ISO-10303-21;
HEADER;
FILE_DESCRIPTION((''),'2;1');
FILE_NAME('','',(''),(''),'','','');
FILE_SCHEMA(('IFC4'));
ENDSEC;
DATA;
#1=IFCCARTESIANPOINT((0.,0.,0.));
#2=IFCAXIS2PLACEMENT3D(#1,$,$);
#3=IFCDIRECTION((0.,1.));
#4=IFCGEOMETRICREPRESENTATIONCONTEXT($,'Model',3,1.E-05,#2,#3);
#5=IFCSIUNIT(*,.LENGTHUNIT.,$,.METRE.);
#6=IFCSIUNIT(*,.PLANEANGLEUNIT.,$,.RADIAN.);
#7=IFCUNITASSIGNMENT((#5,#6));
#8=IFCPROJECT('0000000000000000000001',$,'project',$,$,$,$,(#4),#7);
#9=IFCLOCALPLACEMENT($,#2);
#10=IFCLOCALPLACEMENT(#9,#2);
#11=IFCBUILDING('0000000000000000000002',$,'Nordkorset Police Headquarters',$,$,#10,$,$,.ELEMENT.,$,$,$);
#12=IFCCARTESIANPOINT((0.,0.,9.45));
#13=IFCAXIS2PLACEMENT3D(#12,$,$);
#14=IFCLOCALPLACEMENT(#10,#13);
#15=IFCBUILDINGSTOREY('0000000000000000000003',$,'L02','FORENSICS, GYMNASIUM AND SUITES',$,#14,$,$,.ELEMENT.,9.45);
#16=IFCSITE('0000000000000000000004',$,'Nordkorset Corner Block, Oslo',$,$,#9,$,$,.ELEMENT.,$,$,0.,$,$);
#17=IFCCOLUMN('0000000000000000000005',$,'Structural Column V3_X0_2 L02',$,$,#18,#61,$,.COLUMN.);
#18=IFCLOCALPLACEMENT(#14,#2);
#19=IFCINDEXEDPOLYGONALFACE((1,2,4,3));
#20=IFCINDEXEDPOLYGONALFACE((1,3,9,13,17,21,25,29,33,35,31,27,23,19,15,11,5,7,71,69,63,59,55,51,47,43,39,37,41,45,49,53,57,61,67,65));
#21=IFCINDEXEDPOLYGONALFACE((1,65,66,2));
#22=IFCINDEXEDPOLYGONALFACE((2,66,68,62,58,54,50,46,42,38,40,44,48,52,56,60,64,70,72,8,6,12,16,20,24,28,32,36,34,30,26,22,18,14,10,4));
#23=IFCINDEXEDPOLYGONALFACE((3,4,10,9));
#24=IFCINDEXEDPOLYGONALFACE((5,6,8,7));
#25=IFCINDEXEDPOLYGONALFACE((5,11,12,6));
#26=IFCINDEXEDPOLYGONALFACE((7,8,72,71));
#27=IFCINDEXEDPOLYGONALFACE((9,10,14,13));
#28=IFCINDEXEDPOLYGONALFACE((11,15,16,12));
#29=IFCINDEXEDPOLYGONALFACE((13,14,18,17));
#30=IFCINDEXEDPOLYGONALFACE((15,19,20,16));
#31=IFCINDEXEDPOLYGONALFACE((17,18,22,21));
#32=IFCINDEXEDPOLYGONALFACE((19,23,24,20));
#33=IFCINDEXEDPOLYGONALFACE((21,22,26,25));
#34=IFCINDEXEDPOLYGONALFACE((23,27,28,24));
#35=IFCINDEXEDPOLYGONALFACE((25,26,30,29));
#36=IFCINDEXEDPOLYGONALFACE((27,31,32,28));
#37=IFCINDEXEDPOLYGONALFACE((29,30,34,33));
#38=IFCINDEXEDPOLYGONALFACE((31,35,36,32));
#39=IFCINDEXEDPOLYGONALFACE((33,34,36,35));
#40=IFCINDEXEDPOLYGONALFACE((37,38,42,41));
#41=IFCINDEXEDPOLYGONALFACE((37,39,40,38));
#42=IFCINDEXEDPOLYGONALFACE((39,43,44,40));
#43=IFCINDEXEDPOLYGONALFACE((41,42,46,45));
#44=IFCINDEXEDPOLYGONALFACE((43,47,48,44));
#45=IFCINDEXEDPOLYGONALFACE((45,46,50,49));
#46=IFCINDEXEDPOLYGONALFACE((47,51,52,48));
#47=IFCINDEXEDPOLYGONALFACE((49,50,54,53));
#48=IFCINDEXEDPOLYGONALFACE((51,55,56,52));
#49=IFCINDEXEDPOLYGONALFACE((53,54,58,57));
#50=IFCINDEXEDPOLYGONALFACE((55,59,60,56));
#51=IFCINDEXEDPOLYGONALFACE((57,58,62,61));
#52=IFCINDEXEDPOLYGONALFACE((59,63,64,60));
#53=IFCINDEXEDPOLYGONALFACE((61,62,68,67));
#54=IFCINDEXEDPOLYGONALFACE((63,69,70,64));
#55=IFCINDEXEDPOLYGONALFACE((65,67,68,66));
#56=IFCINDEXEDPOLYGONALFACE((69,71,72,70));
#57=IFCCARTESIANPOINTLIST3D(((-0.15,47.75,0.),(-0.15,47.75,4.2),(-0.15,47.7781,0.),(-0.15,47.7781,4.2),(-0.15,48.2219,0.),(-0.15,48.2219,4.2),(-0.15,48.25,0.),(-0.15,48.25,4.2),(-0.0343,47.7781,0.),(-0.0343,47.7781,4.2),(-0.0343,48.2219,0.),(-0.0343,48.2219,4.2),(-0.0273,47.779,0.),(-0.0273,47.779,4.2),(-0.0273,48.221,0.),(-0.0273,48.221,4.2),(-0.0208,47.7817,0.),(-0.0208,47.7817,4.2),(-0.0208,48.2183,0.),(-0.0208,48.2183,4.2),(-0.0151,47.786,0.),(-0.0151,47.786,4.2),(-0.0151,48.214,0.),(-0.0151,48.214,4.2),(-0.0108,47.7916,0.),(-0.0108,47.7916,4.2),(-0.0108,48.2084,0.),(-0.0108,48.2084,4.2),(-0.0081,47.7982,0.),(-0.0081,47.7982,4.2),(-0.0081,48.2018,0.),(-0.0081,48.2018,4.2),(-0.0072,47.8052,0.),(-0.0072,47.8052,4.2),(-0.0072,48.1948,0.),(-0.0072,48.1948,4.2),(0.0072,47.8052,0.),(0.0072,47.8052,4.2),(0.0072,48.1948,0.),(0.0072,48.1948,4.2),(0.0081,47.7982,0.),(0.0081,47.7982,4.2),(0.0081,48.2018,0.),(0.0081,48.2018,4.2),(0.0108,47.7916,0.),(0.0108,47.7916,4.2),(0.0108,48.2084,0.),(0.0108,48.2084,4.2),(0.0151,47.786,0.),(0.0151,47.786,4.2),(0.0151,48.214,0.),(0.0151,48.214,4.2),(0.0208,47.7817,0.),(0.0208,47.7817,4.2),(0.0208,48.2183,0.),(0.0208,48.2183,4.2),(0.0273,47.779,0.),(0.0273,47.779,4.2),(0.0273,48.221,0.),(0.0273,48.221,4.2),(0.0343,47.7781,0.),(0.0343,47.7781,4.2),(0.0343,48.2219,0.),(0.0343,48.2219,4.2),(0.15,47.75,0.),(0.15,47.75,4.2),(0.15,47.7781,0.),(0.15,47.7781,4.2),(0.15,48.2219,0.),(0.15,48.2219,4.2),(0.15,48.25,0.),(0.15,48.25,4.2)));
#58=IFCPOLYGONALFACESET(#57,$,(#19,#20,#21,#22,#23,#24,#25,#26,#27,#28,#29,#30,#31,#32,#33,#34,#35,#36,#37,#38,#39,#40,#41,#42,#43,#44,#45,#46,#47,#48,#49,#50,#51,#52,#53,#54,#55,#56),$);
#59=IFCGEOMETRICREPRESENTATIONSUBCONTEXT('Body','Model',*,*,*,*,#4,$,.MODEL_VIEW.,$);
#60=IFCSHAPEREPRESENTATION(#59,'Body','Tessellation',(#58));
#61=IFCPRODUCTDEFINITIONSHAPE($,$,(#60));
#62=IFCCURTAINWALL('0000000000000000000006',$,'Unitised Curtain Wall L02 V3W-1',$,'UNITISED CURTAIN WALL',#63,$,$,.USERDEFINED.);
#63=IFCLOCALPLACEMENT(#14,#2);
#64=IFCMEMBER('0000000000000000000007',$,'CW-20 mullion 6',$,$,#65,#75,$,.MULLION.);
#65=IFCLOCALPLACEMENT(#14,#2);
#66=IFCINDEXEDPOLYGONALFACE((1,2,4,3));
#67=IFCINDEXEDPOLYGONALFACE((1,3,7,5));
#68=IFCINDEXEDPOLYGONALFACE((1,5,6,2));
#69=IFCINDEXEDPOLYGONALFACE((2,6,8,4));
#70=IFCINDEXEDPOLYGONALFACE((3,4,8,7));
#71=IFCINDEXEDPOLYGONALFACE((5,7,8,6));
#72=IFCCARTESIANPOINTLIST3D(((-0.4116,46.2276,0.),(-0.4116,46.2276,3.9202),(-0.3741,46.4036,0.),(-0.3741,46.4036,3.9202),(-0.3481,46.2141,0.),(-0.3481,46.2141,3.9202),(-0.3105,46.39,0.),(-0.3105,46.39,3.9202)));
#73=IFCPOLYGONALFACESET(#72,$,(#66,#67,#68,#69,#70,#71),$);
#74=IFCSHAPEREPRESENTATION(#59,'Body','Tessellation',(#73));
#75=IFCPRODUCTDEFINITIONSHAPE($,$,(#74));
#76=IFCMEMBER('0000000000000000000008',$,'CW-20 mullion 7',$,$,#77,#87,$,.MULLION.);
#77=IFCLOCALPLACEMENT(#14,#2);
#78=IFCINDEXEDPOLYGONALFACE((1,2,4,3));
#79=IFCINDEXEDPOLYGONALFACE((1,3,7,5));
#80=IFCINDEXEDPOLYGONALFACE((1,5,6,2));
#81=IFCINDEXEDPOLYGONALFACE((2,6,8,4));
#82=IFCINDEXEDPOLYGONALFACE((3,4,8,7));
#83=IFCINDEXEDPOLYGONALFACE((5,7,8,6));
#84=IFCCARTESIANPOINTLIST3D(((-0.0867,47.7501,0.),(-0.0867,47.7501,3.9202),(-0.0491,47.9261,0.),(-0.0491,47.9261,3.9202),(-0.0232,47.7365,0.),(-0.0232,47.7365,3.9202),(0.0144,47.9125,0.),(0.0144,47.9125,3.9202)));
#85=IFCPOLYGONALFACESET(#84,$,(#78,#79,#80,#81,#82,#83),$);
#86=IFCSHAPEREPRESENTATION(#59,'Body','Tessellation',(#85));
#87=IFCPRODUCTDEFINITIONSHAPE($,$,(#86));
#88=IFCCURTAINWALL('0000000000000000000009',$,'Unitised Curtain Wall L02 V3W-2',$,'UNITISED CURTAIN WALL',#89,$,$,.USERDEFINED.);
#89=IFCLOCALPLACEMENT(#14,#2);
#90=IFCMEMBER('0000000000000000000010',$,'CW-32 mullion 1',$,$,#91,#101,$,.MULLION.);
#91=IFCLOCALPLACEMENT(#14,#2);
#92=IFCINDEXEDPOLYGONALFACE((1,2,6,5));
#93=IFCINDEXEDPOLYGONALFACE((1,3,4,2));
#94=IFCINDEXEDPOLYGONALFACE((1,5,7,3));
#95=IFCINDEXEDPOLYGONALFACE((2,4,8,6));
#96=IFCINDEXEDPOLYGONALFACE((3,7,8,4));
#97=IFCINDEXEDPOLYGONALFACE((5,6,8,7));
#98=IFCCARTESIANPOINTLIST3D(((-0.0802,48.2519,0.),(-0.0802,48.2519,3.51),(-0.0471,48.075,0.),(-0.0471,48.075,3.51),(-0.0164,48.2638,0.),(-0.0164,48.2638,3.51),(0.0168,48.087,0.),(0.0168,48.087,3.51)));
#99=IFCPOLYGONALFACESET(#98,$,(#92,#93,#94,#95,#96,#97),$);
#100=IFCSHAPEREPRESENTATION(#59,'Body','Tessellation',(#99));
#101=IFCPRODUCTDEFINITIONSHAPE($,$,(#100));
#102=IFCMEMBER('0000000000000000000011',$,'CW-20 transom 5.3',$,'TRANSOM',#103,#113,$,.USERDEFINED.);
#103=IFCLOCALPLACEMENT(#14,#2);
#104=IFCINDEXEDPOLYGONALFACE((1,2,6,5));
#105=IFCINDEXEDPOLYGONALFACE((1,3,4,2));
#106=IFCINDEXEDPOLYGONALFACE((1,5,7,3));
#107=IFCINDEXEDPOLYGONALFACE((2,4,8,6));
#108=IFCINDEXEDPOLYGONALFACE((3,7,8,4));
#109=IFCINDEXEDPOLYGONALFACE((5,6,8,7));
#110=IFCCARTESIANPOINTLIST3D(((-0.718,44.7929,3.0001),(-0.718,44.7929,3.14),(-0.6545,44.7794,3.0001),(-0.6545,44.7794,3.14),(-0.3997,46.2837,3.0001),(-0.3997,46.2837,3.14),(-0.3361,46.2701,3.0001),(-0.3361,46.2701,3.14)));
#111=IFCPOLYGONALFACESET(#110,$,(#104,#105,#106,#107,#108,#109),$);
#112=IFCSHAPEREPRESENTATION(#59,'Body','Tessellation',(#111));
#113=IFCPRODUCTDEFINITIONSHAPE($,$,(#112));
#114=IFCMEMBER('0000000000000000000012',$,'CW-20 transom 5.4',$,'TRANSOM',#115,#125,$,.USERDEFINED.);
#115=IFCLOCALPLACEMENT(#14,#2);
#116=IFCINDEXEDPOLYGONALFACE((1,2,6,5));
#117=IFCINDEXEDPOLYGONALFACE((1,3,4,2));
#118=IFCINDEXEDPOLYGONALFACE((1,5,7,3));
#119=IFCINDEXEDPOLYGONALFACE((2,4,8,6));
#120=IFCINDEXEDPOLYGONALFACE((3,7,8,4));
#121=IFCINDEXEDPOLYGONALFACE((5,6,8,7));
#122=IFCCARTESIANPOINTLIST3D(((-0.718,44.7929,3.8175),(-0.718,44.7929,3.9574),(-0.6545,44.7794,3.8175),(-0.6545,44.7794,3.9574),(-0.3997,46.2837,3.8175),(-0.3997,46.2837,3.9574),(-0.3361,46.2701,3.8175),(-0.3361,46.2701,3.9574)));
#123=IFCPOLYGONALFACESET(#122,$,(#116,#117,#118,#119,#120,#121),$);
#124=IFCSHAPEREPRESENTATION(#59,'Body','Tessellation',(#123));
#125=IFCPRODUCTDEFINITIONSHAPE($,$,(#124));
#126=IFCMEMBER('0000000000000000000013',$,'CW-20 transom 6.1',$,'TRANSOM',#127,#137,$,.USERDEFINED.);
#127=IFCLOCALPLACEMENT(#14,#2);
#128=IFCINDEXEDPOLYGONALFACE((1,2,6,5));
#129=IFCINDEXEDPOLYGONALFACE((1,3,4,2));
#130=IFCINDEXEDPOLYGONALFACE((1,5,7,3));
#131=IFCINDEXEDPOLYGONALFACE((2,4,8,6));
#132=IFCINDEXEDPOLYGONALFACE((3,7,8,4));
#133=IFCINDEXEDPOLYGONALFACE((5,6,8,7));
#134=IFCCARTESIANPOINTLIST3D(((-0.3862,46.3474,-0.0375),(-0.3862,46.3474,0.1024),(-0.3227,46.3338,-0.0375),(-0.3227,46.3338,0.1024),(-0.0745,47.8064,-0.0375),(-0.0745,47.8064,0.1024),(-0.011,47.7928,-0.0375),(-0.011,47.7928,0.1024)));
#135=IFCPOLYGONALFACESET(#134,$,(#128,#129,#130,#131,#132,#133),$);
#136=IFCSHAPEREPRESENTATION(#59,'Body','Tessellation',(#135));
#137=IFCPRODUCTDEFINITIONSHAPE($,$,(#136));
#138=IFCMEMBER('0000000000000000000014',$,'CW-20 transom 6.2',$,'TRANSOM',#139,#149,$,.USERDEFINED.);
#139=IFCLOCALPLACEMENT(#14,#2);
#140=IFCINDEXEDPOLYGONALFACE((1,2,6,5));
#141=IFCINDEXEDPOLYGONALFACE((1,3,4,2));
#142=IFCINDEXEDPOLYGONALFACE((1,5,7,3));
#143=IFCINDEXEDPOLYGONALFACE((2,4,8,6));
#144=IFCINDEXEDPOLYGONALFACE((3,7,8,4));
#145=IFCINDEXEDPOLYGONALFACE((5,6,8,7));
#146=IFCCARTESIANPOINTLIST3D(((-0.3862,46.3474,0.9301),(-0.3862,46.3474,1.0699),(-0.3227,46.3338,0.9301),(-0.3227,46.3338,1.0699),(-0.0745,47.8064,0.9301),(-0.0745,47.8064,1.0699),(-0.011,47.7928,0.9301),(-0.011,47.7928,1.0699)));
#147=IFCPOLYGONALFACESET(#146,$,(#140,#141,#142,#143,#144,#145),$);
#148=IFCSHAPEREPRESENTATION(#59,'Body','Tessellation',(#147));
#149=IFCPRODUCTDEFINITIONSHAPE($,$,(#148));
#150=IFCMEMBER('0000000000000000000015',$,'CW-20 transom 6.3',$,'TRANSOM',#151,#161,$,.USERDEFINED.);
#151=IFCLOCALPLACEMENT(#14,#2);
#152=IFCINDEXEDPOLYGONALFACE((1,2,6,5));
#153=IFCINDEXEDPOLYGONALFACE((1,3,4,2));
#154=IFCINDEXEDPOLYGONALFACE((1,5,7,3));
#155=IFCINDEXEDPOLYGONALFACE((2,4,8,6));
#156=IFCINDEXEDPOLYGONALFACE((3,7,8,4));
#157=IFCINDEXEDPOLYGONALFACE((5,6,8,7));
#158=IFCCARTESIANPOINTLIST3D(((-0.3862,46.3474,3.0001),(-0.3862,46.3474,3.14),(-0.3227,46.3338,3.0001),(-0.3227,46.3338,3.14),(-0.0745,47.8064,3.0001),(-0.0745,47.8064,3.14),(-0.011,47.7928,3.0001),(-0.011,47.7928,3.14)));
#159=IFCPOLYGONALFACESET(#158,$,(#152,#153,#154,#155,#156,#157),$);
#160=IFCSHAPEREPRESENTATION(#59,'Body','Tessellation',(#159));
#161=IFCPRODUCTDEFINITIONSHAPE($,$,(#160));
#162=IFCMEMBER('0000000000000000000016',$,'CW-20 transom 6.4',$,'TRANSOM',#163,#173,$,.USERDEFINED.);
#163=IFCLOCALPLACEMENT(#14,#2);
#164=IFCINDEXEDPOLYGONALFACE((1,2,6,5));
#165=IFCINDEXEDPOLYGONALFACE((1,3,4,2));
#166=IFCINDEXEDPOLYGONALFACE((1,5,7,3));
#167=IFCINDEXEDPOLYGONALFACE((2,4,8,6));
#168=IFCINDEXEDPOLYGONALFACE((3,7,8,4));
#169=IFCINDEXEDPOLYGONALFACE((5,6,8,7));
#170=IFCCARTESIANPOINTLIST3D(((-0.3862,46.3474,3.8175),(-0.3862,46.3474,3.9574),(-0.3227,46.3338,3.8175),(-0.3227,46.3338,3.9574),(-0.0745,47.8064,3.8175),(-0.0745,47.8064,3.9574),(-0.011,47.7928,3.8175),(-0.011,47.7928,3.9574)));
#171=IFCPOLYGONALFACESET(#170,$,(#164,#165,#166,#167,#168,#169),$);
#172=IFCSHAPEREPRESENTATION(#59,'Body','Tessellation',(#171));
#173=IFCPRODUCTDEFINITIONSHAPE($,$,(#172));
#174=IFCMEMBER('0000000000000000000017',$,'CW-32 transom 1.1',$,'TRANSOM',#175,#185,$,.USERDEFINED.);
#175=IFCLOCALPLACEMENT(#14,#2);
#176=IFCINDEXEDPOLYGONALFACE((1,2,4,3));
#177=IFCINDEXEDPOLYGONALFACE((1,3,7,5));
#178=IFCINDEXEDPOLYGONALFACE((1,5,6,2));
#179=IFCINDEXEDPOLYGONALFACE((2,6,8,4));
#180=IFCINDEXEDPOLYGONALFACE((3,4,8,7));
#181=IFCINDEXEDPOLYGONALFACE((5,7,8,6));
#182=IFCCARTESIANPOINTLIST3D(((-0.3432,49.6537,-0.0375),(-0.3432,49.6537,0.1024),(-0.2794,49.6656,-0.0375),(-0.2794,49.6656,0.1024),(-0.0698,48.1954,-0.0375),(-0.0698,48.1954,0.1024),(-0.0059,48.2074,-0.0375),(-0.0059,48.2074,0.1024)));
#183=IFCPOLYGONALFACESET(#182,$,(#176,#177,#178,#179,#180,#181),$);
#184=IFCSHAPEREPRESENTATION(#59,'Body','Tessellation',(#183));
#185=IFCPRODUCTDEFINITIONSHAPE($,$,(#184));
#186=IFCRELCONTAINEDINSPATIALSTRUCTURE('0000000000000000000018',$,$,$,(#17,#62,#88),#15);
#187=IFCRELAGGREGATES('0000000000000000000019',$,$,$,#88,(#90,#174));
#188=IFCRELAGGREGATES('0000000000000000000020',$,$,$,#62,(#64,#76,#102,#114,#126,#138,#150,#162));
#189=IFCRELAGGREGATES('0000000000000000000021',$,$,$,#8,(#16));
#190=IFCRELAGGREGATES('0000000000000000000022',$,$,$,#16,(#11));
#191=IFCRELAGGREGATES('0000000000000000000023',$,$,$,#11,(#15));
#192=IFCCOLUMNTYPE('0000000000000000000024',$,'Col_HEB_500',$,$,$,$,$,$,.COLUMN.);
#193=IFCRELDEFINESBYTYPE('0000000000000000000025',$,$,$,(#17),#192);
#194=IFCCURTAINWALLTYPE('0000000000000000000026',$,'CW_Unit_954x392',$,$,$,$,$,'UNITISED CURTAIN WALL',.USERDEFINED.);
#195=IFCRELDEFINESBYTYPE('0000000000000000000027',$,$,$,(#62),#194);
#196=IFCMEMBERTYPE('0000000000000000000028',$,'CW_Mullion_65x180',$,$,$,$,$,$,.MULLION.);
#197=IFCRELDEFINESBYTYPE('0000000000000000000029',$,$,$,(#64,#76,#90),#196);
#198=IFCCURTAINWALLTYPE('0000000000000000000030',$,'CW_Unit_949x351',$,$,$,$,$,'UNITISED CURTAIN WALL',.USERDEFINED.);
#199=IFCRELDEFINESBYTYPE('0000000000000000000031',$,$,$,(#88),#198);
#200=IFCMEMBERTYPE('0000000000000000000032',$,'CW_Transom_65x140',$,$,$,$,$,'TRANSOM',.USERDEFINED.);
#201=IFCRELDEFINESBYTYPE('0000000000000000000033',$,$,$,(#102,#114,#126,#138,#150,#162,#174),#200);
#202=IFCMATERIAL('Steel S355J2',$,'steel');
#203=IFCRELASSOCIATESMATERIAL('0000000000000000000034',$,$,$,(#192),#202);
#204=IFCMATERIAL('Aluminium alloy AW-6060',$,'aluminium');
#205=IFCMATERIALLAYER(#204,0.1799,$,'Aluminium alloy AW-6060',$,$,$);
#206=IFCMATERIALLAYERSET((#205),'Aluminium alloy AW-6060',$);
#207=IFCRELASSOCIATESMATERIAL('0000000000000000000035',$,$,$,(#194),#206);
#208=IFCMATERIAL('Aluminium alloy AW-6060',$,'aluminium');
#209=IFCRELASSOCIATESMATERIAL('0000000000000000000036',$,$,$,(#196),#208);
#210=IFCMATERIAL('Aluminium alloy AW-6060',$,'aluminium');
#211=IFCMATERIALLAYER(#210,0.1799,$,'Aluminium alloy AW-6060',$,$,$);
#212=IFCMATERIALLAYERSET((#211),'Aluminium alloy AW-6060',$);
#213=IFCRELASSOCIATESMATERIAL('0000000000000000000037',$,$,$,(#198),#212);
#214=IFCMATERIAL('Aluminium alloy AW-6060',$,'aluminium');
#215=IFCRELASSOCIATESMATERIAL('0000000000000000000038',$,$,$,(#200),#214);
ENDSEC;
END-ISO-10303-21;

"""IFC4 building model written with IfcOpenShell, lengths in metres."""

from ifc_helpers import new_model, si_unit, direction, frame, origin, origin_2d, place, context, subcontext, project, spatial, rectangle, i_section, extrude, material, layer, layer_set, material_profile, profile_set, type_object, element, aggregate, save


model = new_model("IFC4")

# Units and contexts
model_context = context("Model", 3, precision=1e-05, world=origin(), true_north=direction((0.0, 1.0)))
body_context = subcontext(model_context, "Body", "Model", "MODEL_VIEW")
ifc_project = project(units=[si_unit("LENGTHUNIT", "METRE"), si_unit("PLANEANGLEUNIT", "RADIAN")], contexts=[model_context])

# Site, building, storey
site_placement = place(None, origin())
site = spatial("IfcSite", under=ifc_project, at=site_placement, Name="Nordkorset Corner Block, Oslo", CompositionType="ELEMENT", RefElevation=0.0)
building_placement = place(site_placement, origin())
building = spatial("IfcBuilding", under=site, at=building_placement, Name="Nordkorset Police Headquarters", CompositionType="ELEMENT")
storey_placement = place(building_placement, frame((0.0, 0.0, 9.45)))
storey = spatial("IfcBuildingStorey", under=building, at=storey_placement, Name="L02", Description="FORENSICS, GYMNASIUM AND SUITES", CompositionType="ELEMENT", Elevation=9.45)

# Column
ifc_material_1 = material(Name="Steel S355J2", Category="steel")
ifc_material_profile_1 = material_profile(ifc_material_1, i_section(OverallWidth=0.3, OverallDepth=0.5, WebThickness=0.0144, FlangeThickness=0.0281, FilletRadius=0.0271, at=origin_2d()), Name="HEB 500")
ifc_profile_set_1 = profile_set([ifc_material_profile_1], Name="Steel S355J2")
column_type = type_object("IfcColumnType", Name="Col_HEB_500", PredefinedType="COLUMN", material=ifc_profile_set_1)
column_placement = place(storey_placement, frame((0.0, 48.0, 0.0), z_axis=(0.0, 0.0, 1.0), x_axis=(1.0, 0.0, 0.0)))
element("IfcColumn", 1, at=column_placement, inside=storey, type_object=column_type, Name="Structural Column V3_X0_2 L02", PredefinedType="COLUMN", context=body_context, shape_type="SweptSolid", body=[
    extrude(i_section(OverallWidth=0.3, OverallDepth=0.5, WebThickness=0.0144, FlangeThickness=0.0281, FilletRadius=0.0271, at=origin_2d()), origin(), (0.0, 0.0, 1.0), 4.2),
])

# Curtain wall, members
ifc_material_2 = material(Name="Aluminium alloy AW-6060", Category="aluminium")
ifc_layer_1 = layer(ifc_material_2, 0.1799, Name="Aluminium alloy AW-6060")
ifc_layer_set_1 = layer_set([ifc_layer_1], Name="Aluminium alloy AW-6060")
curtain_wall_type_1 = type_object("IfcCurtainWallType", Name="CW_Unit_954x392", ElementType="UNITISED CURTAIN WALL", PredefinedType="USERDEFINED", material=ifc_layer_set_1)
curtain_wall_1_placement = place(storey_placement, origin())
curtain_wall_1 = element("IfcCurtainWall", 2, at=curtain_wall_1_placement, inside=storey, type_object=curtain_wall_type_1, Name="Unitised Curtain Wall L02 V3W-1", ObjectType="UNITISED CURTAIN WALL", PredefinedType="USERDEFINED")
ifc_material_3 = material(Name="Aluminium alloy AW-6060", Category="aluminium")
ifc_material_profile_2 = material_profile(ifc_material_3, rectangle(XDim=0.0649, YDim=0.1799, at=origin_2d()), Name="ALU MULL 65x180")
ifc_profile_set_2 = profile_set([ifc_material_profile_2], Name="Aluminium alloy AW-6060")
member_type_1 = type_object("IfcMemberType", Name="CW_Mullion_65x180", PredefinedType="MULLION", material=ifc_profile_set_2)
member_1_placement = place(storey_placement, frame((-0.3611, 46.3088, 0.0), z_axis=(0.0, 0.0, 1.0), x_axis=(-0.977951, 0.208833, 0.0)))
member_1 = element("IfcMember", 3, at=member_1_placement, type_object=member_type_1, Name="CW-20 mullion 6", PredefinedType="MULLION", context=body_context, shape_type="SweptSolid", body=[
    extrude(rectangle(XDim=0.0649, YDim=0.1799, at=origin_2d()), origin(), (0.0, 0.0, 1.0), 3.9202),
])
member_2_placement = place(storey_placement, frame((-0.0361, 47.8313, 0.0), z_axis=(0.0, 0.0, 1.0), x_axis=(-0.977951, 0.208833, 0.0)))
member_2 = element("IfcMember", 4, at=member_2_placement, type_object=member_type_1, Name="CW-20 mullion 7", PredefinedType="MULLION", context=body_context, shape_type="SweptSolid", body=[
    extrude(rectangle(XDim=0.0649, YDim=0.1799, at=origin_2d()), origin(), (0.0, 0.0, 1.0), 3.9202),
])

# Curtain wall, member
ifc_material_4 = material(Name="Aluminium alloy AW-6060", Category="aluminium")
ifc_layer_2 = layer(ifc_material_4, 0.1799, Name="Aluminium alloy AW-6060")
ifc_layer_set_2 = layer_set([ifc_layer_2], Name="Aluminium alloy AW-6060")
curtain_wall_type_2 = type_object("IfcCurtainWallType", Name="CW_Unit_949x351", ElementType="UNITISED CURTAIN WALL", PredefinedType="USERDEFINED", material=ifc_layer_set_2)
curtain_wall_2_placement = place(storey_placement, origin())
curtain_wall_2 = element("IfcCurtainWall", 5, at=curtain_wall_2_placement, inside=storey, type_object=curtain_wall_type_2, Name="Unitised Curtain Wall L02 V3W-2", ObjectType="UNITISED CURTAIN WALL", PredefinedType="USERDEFINED")
member_3_placement = place(storey_placement, frame((-0.0317, 48.1694, 0.0), z_axis=(0.0, 0.0, 1.0), x_axis=(-0.982872, -0.184289, 0.0)))
member_3 = element("IfcMember", 6, at=member_3_placement, type_object=member_type_1, Name="CW-32 mullion 1", PredefinedType="MULLION", context=body_context, shape_type="SweptSolid", body=[
    extrude(rectangle(XDim=0.0649, YDim=0.1799, at=origin_2d()), origin(), (0.0, 0.0, 1.0), 3.51),
])

# Members
ifc_material_5 = material(Name="Aluminium alloy AW-6060", Category="aluminium")
ifc_material_profile_3 = material_profile(ifc_material_5, rectangle(XDim=0.0649, YDim=0.1399, at=origin_2d()), Name="ALU TRAN 65x140")
ifc_profile_set_3 = profile_set([ifc_material_profile_3], Name="Aluminium alloy AW-6060")
member_type_2 = type_object("IfcMemberType", Name="CW_Transom_65x140", ElementType="TRANSOM", PredefinedType="USERDEFINED", material=ifc_profile_set_3)
member_4_placement = place(storey_placement, frame((-0.6863, 44.7861, 3.0701), z_axis=(0.208851, 0.977947, 0.0), x_axis=(-0.977947, 0.208851, 0.0)))
member_4 = element("IfcMember", 7, at=member_4_placement, type_object=member_type_2, Name="CW-20 transom 5.3", ObjectType="TRANSOM", PredefinedType="USERDEFINED", context=body_context, shape_type="SweptSolid", body=[
    extrude(rectangle(XDim=0.0649, YDim=0.1399, at=origin_2d()), origin(), (0.0, 0.0, 1.0), 1.5244),
])
member_5_placement = place(storey_placement, frame((-0.6863, 44.7861, 3.8875), z_axis=(0.208851, 0.977947, 0.0), x_axis=(-0.977947, 0.208851, 0.0)))
member_5 = element("IfcMember", 8, at=member_5_placement, type_object=member_type_2, Name="CW-20 transom 5.4", ObjectType="TRANSOM", PredefinedType="USERDEFINED", context=body_context, shape_type="SweptSolid", body=[
    extrude(rectangle(XDim=0.0649, YDim=0.1399, at=origin_2d()), origin(), (0.0, 0.0, 1.0), 1.5244),
])
member_6_placement = place(storey_placement, frame((-0.3545, 46.3406, 0.0325), z_axis=(0.20897, 0.977922, 0.0), x_axis=(-0.977922, 0.20897, 0.0)))
member_6 = element("IfcMember", 9, at=member_6_placement, type_object=member_type_2, Name="CW-20 transom 6.1", ObjectType="TRANSOM", PredefinedType="USERDEFINED", context=body_context, shape_type="SweptSolid", body=[
    extrude(rectangle(XDim=0.0649, YDim=0.1399, at=origin_2d()), origin(), (0.0, 0.0, 1.0), 1.4919),
])
member_7_placement = place(storey_placement, frame((-0.3545, 46.3406, 1.0), z_axis=(0.20897, 0.977922, 0.0), x_axis=(-0.977922, 0.20897, 0.0)))
member_7 = element("IfcMember", 10, at=member_7_placement, type_object=member_type_2, Name="CW-20 transom 6.2", ObjectType="TRANSOM", PredefinedType="USERDEFINED", context=body_context, shape_type="SweptSolid", body=[
    extrude(rectangle(XDim=0.0649, YDim=0.1399, at=origin_2d()), origin(), (0.0, 0.0, 1.0), 1.4919),
])
member_8_placement = place(storey_placement, frame((-0.3545, 46.3406, 3.0701), z_axis=(0.20897, 0.977922, 0.0), x_axis=(-0.977922, 0.20897, 0.0)))
member_8 = element("IfcMember", 11, at=member_8_placement, type_object=member_type_2, Name="CW-20 transom 6.3", ObjectType="TRANSOM", PredefinedType="USERDEFINED", context=body_context, shape_type="SweptSolid", body=[
    extrude(rectangle(XDim=0.0649, YDim=0.1399, at=origin_2d()), origin(), (0.0, 0.0, 1.0), 1.4919),
])
member_9_placement = place(storey_placement, frame((-0.3545, 46.3406, 3.8875), z_axis=(0.20897, 0.977922, 0.0), x_axis=(-0.977922, 0.20897, 0.0)))
member_9 = element("IfcMember", 12, at=member_9_placement, type_object=member_type_2, Name="CW-20 transom 6.4", ObjectType="TRANSOM", PredefinedType="USERDEFINED", context=body_context, shape_type="SweptSolid", body=[
    extrude(rectangle(XDim=0.0649, YDim=0.1399, at=origin_2d()), origin(), (0.0, 0.0, 1.0), 1.4919),
])
member_10_placement = place(storey_placement, frame((-0.0378, 48.2014, 0.0325), z_axis=(-0.184298, 0.98287, 0.0), x_axis=(-0.98287, -0.184298, 0.0)))
member_10 = element("IfcMember", 13, at=member_10_placement, type_object=member_type_2, Name="CW-32 transom 1.1", ObjectType="TRANSOM", PredefinedType="USERDEFINED", context=body_context, shape_type="SweptSolid", body=[
    extrude(rectangle(XDim=0.0649, YDim=0.1399, at=origin_2d()), origin(), (0.0, 0.0, 1.0), 1.4836),
])
aggregate(curtain_wall_2, [member_3, member_10])

aggregate(curtain_wall_1, [member_1, member_2, member_4, member_5, member_6, member_7, member_8, member_9])

save(model, "model.ifc")
